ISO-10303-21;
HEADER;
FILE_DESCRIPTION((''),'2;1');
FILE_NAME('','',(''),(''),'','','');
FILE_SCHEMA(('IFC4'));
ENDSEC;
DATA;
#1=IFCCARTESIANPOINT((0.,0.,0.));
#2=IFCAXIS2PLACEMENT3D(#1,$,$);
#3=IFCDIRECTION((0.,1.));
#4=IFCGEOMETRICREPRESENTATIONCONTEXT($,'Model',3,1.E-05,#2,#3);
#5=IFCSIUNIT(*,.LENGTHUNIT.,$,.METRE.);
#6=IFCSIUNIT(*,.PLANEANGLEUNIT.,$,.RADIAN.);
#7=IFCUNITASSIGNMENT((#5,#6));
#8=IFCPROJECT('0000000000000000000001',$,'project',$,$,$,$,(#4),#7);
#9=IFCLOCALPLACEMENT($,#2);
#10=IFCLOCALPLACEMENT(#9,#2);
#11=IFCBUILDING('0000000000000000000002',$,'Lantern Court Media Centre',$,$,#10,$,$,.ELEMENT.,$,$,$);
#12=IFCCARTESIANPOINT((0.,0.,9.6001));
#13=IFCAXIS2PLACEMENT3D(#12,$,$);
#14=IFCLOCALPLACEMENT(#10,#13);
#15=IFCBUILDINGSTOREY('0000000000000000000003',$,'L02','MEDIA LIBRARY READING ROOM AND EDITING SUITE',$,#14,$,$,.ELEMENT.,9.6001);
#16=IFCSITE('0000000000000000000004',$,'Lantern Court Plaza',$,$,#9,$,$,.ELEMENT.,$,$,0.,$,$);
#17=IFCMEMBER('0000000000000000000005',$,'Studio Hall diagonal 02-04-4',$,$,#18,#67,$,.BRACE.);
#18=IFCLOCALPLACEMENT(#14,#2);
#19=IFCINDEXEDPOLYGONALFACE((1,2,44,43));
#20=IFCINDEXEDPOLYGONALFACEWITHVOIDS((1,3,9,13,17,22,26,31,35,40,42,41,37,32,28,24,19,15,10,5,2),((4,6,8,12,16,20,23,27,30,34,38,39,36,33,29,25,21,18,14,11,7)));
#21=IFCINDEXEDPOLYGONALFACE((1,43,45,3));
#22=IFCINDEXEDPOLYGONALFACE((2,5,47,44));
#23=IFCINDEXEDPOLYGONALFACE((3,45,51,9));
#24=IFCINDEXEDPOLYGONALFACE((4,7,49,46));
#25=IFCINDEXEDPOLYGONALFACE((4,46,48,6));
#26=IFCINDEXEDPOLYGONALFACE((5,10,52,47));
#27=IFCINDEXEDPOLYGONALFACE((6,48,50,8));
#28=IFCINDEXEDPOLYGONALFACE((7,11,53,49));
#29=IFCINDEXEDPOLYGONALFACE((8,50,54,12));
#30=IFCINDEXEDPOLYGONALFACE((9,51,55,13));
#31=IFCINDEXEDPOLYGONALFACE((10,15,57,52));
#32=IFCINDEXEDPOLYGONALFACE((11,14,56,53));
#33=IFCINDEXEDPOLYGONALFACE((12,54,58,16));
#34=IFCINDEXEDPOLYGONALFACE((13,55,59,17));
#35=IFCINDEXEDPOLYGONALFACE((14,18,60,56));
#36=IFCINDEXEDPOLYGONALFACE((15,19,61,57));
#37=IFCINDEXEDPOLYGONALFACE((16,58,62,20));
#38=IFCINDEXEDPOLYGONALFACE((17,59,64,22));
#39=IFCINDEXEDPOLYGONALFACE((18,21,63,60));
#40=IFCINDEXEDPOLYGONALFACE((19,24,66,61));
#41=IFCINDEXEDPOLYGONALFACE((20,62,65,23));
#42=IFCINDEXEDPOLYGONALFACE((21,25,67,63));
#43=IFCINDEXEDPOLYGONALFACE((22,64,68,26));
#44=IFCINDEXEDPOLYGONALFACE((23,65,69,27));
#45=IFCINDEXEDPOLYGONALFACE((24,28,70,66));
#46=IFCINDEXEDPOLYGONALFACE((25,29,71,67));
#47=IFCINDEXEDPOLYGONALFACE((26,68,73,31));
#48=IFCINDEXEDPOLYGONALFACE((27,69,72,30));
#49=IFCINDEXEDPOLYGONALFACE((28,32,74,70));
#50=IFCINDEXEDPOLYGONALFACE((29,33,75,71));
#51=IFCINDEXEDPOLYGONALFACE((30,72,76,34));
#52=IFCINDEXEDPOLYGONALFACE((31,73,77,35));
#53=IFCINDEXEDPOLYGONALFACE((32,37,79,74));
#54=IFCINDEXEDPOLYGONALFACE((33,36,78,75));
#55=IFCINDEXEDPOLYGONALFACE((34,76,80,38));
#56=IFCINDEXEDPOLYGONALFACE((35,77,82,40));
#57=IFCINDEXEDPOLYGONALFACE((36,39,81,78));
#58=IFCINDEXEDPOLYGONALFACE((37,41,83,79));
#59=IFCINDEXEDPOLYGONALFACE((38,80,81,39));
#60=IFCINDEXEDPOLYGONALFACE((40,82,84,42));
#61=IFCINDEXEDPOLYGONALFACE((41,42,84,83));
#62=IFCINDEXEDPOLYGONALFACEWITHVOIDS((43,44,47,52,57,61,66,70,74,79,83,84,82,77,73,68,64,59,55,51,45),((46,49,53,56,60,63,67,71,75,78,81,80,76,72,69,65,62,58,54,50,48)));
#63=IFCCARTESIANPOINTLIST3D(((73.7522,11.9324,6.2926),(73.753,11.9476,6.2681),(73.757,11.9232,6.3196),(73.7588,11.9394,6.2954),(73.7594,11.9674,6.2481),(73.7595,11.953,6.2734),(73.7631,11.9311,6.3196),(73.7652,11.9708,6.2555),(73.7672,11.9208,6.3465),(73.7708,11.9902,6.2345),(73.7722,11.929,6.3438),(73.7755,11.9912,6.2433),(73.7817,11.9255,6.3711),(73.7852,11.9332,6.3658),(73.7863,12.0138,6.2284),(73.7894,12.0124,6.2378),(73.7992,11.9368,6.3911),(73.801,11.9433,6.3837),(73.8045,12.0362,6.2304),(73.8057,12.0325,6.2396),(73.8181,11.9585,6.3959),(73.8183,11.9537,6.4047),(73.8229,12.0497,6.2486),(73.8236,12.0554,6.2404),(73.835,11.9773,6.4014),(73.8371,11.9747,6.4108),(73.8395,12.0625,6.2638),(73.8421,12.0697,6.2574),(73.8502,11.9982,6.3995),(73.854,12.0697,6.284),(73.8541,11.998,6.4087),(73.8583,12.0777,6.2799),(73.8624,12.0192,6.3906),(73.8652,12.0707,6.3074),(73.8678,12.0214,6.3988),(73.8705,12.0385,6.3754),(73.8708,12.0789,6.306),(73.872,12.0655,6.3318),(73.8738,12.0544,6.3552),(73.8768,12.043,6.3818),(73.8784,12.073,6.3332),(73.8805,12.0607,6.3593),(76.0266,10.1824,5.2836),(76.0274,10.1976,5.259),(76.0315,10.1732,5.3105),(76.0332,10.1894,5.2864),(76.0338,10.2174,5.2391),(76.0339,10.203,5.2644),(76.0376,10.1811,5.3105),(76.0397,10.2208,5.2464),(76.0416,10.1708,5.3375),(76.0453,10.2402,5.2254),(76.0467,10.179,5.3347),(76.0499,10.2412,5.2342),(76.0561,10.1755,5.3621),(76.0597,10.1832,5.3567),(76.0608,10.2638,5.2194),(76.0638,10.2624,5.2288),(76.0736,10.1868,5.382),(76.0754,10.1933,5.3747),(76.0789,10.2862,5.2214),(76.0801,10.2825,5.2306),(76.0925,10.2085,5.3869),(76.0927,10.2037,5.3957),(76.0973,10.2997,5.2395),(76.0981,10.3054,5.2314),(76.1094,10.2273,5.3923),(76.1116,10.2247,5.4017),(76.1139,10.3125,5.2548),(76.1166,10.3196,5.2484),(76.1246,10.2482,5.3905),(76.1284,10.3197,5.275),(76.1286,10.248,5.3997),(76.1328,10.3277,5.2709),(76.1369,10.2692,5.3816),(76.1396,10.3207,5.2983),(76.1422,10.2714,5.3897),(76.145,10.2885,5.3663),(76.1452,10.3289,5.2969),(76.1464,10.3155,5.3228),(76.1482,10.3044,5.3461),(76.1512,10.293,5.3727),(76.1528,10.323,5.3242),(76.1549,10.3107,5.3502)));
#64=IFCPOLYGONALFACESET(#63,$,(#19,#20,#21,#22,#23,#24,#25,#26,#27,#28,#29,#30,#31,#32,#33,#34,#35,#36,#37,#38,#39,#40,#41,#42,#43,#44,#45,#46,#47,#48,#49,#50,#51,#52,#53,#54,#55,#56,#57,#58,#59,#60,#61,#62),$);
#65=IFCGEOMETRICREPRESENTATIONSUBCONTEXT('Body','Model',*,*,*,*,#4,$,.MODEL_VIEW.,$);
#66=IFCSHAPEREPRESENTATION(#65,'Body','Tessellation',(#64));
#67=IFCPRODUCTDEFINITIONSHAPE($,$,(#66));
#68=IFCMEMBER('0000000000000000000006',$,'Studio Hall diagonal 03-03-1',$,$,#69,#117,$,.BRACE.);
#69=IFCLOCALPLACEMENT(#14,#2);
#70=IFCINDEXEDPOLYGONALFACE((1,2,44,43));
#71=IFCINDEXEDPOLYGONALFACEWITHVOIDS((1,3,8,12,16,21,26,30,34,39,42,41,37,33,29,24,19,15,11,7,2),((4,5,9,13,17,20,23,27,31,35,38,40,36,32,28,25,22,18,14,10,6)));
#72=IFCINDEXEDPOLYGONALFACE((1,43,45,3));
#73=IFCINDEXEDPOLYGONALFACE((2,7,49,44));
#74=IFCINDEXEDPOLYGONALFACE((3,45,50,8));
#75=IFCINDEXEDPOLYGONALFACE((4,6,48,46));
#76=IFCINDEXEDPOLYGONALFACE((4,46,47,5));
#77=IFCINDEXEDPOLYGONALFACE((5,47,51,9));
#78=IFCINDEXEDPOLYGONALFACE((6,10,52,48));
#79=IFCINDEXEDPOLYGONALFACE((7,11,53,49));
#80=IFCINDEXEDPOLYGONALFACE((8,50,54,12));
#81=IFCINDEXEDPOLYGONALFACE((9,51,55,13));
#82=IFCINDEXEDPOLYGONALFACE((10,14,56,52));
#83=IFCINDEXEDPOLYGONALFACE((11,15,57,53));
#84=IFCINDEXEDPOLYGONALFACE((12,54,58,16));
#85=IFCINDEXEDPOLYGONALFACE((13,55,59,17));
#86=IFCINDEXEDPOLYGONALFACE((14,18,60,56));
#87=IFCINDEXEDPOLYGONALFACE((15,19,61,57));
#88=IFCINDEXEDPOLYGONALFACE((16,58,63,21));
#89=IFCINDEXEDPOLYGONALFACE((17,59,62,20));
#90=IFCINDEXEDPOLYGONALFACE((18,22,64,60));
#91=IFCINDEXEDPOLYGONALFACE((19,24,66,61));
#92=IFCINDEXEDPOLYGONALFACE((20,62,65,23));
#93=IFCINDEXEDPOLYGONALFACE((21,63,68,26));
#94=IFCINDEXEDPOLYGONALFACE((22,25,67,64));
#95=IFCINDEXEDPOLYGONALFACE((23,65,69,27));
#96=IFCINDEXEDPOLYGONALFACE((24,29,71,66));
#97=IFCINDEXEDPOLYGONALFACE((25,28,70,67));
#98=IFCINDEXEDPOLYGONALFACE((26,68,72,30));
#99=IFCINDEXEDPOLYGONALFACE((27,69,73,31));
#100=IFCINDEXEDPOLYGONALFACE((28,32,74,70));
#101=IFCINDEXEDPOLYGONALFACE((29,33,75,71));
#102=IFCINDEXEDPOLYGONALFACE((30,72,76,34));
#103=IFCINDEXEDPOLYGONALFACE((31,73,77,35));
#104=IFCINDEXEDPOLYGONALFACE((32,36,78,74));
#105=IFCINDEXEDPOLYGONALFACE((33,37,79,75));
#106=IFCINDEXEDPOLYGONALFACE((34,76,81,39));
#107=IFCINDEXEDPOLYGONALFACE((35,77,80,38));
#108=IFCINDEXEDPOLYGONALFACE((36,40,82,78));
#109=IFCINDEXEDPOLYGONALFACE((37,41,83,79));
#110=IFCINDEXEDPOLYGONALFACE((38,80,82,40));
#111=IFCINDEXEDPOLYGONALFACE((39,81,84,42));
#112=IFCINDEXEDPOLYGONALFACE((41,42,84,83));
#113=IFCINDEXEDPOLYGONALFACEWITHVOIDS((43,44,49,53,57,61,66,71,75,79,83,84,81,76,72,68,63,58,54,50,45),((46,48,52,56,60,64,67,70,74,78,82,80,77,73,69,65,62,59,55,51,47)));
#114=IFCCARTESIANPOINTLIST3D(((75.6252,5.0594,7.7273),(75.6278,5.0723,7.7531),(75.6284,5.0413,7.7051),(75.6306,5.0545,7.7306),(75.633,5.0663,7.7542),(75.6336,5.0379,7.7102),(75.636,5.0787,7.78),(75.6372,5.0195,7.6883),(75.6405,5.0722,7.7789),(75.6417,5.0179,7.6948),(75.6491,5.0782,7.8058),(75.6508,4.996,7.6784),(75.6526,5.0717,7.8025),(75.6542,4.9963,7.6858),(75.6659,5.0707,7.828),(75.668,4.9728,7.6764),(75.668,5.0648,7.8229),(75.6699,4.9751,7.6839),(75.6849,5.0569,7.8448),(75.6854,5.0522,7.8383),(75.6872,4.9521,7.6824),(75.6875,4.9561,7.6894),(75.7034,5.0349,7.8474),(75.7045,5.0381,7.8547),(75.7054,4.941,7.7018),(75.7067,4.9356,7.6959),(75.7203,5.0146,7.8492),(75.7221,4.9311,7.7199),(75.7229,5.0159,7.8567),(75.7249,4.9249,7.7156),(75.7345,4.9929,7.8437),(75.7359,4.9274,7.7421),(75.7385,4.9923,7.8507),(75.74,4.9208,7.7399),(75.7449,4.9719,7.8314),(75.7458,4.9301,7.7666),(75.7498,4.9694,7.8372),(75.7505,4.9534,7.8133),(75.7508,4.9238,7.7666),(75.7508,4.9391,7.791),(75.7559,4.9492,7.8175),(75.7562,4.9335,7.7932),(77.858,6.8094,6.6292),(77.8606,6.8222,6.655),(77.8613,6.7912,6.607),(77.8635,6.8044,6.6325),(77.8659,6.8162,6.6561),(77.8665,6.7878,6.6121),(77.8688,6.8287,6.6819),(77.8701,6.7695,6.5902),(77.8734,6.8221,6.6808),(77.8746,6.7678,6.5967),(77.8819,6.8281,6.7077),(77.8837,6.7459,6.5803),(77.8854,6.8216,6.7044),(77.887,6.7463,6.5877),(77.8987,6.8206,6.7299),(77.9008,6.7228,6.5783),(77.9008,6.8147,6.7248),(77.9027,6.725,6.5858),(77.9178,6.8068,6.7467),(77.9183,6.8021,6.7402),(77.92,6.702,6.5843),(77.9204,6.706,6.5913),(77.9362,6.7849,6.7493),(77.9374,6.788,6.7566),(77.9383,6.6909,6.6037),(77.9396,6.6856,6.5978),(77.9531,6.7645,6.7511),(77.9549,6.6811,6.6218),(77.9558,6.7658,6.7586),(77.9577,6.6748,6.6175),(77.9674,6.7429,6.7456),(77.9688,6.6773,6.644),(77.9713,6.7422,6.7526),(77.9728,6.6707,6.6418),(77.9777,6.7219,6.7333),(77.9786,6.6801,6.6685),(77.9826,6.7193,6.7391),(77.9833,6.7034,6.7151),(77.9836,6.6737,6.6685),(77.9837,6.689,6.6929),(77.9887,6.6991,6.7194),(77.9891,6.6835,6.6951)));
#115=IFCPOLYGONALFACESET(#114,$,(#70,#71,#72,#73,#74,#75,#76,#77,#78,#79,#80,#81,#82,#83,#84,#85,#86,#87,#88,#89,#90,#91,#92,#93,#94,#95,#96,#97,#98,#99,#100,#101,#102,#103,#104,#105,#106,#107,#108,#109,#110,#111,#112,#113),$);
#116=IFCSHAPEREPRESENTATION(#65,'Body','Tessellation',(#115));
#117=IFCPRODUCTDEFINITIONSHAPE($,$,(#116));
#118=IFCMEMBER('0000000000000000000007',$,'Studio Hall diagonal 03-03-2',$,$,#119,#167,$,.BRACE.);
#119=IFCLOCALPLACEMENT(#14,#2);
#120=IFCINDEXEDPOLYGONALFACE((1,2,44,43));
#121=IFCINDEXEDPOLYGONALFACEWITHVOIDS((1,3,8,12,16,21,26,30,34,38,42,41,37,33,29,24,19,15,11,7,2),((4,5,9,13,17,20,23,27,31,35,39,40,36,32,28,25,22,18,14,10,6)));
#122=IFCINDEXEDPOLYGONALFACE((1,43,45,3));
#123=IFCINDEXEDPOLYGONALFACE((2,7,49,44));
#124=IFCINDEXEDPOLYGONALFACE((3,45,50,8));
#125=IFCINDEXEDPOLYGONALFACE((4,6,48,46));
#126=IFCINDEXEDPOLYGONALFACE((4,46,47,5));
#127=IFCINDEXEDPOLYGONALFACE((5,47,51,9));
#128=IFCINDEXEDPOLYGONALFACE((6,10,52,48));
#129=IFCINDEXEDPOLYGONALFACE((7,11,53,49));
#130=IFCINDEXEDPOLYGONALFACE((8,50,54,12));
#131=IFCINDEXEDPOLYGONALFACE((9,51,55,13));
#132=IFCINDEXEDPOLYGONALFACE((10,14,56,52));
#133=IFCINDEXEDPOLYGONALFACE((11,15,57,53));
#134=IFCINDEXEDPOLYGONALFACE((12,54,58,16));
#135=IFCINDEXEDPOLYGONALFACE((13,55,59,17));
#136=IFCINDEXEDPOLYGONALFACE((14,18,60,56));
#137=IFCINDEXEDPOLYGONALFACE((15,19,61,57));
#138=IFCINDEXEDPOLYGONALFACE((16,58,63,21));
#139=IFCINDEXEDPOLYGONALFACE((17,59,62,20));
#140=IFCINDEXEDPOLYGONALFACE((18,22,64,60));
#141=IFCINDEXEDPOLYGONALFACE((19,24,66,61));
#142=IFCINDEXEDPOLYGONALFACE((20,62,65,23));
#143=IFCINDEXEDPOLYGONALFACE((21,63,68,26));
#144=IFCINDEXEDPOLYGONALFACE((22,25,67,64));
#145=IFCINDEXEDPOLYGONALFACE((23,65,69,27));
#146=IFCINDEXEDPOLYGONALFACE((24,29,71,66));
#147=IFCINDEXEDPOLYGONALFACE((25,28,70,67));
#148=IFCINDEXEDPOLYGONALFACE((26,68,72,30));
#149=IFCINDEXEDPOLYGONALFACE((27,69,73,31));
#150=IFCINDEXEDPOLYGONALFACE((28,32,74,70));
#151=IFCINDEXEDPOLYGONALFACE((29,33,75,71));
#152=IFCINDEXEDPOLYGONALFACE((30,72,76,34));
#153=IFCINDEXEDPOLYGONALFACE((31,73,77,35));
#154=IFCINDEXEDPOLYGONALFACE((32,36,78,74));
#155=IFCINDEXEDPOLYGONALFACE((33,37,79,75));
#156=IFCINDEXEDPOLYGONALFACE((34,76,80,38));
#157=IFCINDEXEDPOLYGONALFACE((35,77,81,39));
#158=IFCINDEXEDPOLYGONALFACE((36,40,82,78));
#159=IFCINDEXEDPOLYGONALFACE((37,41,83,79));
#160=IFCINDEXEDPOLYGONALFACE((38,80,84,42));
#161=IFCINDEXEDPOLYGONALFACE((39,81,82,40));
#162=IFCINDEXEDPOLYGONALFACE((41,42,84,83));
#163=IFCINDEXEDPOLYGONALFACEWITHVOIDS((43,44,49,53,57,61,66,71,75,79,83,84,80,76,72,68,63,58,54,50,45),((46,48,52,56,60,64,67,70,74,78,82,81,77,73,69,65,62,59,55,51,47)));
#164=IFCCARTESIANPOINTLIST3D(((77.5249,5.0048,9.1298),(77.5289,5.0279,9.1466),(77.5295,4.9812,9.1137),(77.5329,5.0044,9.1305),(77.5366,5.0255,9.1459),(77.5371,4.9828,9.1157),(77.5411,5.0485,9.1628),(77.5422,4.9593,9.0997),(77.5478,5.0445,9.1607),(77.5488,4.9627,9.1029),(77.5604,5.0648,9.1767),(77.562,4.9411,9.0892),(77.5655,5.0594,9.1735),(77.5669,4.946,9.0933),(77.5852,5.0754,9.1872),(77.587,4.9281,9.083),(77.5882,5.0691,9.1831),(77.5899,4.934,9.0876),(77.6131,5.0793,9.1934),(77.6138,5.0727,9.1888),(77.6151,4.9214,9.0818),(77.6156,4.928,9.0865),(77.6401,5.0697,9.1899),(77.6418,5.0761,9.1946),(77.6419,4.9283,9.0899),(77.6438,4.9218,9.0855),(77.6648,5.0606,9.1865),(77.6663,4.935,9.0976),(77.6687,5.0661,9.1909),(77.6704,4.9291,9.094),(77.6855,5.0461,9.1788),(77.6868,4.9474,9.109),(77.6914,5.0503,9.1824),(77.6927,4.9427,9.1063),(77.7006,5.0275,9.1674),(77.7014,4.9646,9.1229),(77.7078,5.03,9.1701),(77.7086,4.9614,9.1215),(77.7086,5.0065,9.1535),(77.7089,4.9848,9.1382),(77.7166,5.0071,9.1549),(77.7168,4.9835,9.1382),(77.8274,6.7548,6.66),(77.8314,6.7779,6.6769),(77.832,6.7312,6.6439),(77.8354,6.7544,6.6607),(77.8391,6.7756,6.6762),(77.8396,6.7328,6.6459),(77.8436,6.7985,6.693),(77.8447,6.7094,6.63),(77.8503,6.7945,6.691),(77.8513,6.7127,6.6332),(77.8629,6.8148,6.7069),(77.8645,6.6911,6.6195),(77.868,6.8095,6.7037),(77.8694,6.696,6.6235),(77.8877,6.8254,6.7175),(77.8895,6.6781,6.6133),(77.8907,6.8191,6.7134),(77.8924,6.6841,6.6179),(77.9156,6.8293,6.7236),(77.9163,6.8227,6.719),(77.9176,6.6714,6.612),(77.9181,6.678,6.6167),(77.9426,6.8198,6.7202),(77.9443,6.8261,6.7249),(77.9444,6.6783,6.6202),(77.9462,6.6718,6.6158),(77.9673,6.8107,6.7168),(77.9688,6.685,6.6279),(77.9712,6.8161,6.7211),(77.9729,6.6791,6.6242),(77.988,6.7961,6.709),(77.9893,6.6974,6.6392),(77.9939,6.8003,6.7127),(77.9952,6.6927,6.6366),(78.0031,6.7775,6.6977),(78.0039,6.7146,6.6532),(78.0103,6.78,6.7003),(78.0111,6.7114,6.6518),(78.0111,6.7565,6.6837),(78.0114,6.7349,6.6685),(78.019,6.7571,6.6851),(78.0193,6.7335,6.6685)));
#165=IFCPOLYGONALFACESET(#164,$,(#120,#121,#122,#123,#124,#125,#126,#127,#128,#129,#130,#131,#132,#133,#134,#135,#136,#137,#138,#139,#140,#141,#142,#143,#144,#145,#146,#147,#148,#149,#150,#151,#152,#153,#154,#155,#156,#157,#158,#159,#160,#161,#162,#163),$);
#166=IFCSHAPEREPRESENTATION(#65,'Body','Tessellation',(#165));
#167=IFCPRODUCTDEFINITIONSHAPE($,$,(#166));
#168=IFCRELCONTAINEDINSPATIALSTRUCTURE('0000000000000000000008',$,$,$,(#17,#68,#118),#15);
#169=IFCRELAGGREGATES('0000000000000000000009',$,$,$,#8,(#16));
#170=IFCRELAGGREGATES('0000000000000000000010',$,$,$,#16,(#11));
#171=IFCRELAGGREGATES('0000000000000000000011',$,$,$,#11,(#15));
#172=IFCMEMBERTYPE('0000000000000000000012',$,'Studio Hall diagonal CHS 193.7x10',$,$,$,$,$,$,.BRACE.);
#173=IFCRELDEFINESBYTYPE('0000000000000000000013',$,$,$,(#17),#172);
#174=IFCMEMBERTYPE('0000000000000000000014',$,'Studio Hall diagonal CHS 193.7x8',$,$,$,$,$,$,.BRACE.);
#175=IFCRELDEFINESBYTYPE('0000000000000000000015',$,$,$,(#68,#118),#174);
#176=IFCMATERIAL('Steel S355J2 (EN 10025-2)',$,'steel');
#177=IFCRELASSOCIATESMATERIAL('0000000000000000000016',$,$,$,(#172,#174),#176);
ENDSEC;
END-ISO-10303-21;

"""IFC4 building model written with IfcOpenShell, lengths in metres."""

from ifc_helpers import new_model, si_unit, direction, frame, origin, origin_2d, place, context, subcontext, project, spatial, hollow_circle, extrude, material, material_profile, profile_set, type_object, element, save


model = new_model("IFC4")

# Units and contexts
model_context = context("Model", 3, precision=1e-05, world=origin(), true_north=direction((0.0, 1.0)))
body_context = subcontext(model_context, "Body", "Model", "MODEL_VIEW")
ifc_project = project(units=[si_unit("LENGTHUNIT", "METRE"), si_unit("PLANEANGLEUNIT", "RADIAN")], contexts=[model_context])

# Site, building, storey
site_placement = place(None, origin())
site = spatial("IfcSite", under=ifc_project, at=site_placement, Name="Lantern Court Plaza", CompositionType="ELEMENT", RefElevation=0.0)
building_placement = place(site_placement, origin())
building = spatial("IfcBuilding", under=site, at=building_placement, Name="Lantern Court Media Centre", CompositionType="ELEMENT")
storey_placement = place(building_placement, frame((0.0, 0.0, 9.6001)))
storey = spatial("IfcBuildingStorey", under=building, at=storey_placement, Name="L02", Description="MEDIA LIBRARY READING ROOM AND EDITING SUITE", CompositionType="ELEMENT", Elevation=9.6001)

# Members
ifc_material_1 = material(Name="Steel S355J2 (EN 10025-2)", Category="steel")
ifc_material_profile_1 = material_profile(ifc_material_1, hollow_circle(Radius=0.0969, WallThickness=0.01, at=origin_2d()), Name="Studio Hall diagonal CHS 193.7x10")
ifc_profile_set_1 = profile_set([ifc_material_profile_1], Name="Steel S355J2 (EN 10025-2)")
member_type_1 = type_object("IfcMemberType", Name="Studio Hall diagonal CHS 193.7x10", PredefinedType="BRACE", material=ifc_profile_set_1)
for number, where, z_axis, x_axis, name in (
    (1, (76.0906, 10.25, 5.3105), (-0.747677, 0.575284, 0.331703), (-0.609809, -0.792548, 0.0), "Studio Hall diagonal 02-04-4"),
):
    element("IfcMember", number, at=place(storey_placement, frame(where, z_axis=z_axis, x_axis=x_axis)), inside=storey, type_object=member_type_1, Name=name, PredefinedType="BRACE", context=body_context, shape_type="SweptSolid", body=[
        extrude(hollow_circle(Radius=0.0969, WallThickness=0.01, at=origin_2d()), origin(), (0.0, 0.0, 1.0), 3.042),
    ])
ifc_material_profile_2 = material_profile(ifc_material_1, hollow_circle(Radius=0.0969, WallThickness=0.0081, at=origin_2d()), Name="Studio Hall diagonal CHS 193.7x8")
ifc_profile_set_2 = profile_set([ifc_material_profile_2], Name="Steel S355J2 (EN 10025-2)")
member_type_2 = type_object("IfcMemberType", Name="Studio Hall diagonal CHS 193.7x8", PredefinedType="BRACE", material=ifc_profile_set_2)
for number, where, z_axis, x_axis, name in (
    (2, (77.9238, 6.75, 6.6685), (-0.734005, -0.575262, 0.360984), (0.616856, -0.787076, 0.0), "Studio Hall diagonal 03-03-1"),
    (3, (77.9238, 6.75, 6.6685), (-0.099439, -0.575286, 0.811885), (0.985388, -0.170326, 0.0), "Studio Hall diagonal 03-03-2"),
):
    element("IfcMember", number, at=place(storey_placement, frame(where, z_axis=z_axis, x_axis=x_axis)), inside=storey, type_object=member_type_2, Name=name, PredefinedType="BRACE", context=body_context, shape_type="SweptSolid", body=[
        extrude(hollow_circle(Radius=0.0969, WallThickness=0.0081, at=origin_2d()), origin(), (0.0, 0.0, 1.0), 3.042),
    ])

save(model, "model.ifc")
